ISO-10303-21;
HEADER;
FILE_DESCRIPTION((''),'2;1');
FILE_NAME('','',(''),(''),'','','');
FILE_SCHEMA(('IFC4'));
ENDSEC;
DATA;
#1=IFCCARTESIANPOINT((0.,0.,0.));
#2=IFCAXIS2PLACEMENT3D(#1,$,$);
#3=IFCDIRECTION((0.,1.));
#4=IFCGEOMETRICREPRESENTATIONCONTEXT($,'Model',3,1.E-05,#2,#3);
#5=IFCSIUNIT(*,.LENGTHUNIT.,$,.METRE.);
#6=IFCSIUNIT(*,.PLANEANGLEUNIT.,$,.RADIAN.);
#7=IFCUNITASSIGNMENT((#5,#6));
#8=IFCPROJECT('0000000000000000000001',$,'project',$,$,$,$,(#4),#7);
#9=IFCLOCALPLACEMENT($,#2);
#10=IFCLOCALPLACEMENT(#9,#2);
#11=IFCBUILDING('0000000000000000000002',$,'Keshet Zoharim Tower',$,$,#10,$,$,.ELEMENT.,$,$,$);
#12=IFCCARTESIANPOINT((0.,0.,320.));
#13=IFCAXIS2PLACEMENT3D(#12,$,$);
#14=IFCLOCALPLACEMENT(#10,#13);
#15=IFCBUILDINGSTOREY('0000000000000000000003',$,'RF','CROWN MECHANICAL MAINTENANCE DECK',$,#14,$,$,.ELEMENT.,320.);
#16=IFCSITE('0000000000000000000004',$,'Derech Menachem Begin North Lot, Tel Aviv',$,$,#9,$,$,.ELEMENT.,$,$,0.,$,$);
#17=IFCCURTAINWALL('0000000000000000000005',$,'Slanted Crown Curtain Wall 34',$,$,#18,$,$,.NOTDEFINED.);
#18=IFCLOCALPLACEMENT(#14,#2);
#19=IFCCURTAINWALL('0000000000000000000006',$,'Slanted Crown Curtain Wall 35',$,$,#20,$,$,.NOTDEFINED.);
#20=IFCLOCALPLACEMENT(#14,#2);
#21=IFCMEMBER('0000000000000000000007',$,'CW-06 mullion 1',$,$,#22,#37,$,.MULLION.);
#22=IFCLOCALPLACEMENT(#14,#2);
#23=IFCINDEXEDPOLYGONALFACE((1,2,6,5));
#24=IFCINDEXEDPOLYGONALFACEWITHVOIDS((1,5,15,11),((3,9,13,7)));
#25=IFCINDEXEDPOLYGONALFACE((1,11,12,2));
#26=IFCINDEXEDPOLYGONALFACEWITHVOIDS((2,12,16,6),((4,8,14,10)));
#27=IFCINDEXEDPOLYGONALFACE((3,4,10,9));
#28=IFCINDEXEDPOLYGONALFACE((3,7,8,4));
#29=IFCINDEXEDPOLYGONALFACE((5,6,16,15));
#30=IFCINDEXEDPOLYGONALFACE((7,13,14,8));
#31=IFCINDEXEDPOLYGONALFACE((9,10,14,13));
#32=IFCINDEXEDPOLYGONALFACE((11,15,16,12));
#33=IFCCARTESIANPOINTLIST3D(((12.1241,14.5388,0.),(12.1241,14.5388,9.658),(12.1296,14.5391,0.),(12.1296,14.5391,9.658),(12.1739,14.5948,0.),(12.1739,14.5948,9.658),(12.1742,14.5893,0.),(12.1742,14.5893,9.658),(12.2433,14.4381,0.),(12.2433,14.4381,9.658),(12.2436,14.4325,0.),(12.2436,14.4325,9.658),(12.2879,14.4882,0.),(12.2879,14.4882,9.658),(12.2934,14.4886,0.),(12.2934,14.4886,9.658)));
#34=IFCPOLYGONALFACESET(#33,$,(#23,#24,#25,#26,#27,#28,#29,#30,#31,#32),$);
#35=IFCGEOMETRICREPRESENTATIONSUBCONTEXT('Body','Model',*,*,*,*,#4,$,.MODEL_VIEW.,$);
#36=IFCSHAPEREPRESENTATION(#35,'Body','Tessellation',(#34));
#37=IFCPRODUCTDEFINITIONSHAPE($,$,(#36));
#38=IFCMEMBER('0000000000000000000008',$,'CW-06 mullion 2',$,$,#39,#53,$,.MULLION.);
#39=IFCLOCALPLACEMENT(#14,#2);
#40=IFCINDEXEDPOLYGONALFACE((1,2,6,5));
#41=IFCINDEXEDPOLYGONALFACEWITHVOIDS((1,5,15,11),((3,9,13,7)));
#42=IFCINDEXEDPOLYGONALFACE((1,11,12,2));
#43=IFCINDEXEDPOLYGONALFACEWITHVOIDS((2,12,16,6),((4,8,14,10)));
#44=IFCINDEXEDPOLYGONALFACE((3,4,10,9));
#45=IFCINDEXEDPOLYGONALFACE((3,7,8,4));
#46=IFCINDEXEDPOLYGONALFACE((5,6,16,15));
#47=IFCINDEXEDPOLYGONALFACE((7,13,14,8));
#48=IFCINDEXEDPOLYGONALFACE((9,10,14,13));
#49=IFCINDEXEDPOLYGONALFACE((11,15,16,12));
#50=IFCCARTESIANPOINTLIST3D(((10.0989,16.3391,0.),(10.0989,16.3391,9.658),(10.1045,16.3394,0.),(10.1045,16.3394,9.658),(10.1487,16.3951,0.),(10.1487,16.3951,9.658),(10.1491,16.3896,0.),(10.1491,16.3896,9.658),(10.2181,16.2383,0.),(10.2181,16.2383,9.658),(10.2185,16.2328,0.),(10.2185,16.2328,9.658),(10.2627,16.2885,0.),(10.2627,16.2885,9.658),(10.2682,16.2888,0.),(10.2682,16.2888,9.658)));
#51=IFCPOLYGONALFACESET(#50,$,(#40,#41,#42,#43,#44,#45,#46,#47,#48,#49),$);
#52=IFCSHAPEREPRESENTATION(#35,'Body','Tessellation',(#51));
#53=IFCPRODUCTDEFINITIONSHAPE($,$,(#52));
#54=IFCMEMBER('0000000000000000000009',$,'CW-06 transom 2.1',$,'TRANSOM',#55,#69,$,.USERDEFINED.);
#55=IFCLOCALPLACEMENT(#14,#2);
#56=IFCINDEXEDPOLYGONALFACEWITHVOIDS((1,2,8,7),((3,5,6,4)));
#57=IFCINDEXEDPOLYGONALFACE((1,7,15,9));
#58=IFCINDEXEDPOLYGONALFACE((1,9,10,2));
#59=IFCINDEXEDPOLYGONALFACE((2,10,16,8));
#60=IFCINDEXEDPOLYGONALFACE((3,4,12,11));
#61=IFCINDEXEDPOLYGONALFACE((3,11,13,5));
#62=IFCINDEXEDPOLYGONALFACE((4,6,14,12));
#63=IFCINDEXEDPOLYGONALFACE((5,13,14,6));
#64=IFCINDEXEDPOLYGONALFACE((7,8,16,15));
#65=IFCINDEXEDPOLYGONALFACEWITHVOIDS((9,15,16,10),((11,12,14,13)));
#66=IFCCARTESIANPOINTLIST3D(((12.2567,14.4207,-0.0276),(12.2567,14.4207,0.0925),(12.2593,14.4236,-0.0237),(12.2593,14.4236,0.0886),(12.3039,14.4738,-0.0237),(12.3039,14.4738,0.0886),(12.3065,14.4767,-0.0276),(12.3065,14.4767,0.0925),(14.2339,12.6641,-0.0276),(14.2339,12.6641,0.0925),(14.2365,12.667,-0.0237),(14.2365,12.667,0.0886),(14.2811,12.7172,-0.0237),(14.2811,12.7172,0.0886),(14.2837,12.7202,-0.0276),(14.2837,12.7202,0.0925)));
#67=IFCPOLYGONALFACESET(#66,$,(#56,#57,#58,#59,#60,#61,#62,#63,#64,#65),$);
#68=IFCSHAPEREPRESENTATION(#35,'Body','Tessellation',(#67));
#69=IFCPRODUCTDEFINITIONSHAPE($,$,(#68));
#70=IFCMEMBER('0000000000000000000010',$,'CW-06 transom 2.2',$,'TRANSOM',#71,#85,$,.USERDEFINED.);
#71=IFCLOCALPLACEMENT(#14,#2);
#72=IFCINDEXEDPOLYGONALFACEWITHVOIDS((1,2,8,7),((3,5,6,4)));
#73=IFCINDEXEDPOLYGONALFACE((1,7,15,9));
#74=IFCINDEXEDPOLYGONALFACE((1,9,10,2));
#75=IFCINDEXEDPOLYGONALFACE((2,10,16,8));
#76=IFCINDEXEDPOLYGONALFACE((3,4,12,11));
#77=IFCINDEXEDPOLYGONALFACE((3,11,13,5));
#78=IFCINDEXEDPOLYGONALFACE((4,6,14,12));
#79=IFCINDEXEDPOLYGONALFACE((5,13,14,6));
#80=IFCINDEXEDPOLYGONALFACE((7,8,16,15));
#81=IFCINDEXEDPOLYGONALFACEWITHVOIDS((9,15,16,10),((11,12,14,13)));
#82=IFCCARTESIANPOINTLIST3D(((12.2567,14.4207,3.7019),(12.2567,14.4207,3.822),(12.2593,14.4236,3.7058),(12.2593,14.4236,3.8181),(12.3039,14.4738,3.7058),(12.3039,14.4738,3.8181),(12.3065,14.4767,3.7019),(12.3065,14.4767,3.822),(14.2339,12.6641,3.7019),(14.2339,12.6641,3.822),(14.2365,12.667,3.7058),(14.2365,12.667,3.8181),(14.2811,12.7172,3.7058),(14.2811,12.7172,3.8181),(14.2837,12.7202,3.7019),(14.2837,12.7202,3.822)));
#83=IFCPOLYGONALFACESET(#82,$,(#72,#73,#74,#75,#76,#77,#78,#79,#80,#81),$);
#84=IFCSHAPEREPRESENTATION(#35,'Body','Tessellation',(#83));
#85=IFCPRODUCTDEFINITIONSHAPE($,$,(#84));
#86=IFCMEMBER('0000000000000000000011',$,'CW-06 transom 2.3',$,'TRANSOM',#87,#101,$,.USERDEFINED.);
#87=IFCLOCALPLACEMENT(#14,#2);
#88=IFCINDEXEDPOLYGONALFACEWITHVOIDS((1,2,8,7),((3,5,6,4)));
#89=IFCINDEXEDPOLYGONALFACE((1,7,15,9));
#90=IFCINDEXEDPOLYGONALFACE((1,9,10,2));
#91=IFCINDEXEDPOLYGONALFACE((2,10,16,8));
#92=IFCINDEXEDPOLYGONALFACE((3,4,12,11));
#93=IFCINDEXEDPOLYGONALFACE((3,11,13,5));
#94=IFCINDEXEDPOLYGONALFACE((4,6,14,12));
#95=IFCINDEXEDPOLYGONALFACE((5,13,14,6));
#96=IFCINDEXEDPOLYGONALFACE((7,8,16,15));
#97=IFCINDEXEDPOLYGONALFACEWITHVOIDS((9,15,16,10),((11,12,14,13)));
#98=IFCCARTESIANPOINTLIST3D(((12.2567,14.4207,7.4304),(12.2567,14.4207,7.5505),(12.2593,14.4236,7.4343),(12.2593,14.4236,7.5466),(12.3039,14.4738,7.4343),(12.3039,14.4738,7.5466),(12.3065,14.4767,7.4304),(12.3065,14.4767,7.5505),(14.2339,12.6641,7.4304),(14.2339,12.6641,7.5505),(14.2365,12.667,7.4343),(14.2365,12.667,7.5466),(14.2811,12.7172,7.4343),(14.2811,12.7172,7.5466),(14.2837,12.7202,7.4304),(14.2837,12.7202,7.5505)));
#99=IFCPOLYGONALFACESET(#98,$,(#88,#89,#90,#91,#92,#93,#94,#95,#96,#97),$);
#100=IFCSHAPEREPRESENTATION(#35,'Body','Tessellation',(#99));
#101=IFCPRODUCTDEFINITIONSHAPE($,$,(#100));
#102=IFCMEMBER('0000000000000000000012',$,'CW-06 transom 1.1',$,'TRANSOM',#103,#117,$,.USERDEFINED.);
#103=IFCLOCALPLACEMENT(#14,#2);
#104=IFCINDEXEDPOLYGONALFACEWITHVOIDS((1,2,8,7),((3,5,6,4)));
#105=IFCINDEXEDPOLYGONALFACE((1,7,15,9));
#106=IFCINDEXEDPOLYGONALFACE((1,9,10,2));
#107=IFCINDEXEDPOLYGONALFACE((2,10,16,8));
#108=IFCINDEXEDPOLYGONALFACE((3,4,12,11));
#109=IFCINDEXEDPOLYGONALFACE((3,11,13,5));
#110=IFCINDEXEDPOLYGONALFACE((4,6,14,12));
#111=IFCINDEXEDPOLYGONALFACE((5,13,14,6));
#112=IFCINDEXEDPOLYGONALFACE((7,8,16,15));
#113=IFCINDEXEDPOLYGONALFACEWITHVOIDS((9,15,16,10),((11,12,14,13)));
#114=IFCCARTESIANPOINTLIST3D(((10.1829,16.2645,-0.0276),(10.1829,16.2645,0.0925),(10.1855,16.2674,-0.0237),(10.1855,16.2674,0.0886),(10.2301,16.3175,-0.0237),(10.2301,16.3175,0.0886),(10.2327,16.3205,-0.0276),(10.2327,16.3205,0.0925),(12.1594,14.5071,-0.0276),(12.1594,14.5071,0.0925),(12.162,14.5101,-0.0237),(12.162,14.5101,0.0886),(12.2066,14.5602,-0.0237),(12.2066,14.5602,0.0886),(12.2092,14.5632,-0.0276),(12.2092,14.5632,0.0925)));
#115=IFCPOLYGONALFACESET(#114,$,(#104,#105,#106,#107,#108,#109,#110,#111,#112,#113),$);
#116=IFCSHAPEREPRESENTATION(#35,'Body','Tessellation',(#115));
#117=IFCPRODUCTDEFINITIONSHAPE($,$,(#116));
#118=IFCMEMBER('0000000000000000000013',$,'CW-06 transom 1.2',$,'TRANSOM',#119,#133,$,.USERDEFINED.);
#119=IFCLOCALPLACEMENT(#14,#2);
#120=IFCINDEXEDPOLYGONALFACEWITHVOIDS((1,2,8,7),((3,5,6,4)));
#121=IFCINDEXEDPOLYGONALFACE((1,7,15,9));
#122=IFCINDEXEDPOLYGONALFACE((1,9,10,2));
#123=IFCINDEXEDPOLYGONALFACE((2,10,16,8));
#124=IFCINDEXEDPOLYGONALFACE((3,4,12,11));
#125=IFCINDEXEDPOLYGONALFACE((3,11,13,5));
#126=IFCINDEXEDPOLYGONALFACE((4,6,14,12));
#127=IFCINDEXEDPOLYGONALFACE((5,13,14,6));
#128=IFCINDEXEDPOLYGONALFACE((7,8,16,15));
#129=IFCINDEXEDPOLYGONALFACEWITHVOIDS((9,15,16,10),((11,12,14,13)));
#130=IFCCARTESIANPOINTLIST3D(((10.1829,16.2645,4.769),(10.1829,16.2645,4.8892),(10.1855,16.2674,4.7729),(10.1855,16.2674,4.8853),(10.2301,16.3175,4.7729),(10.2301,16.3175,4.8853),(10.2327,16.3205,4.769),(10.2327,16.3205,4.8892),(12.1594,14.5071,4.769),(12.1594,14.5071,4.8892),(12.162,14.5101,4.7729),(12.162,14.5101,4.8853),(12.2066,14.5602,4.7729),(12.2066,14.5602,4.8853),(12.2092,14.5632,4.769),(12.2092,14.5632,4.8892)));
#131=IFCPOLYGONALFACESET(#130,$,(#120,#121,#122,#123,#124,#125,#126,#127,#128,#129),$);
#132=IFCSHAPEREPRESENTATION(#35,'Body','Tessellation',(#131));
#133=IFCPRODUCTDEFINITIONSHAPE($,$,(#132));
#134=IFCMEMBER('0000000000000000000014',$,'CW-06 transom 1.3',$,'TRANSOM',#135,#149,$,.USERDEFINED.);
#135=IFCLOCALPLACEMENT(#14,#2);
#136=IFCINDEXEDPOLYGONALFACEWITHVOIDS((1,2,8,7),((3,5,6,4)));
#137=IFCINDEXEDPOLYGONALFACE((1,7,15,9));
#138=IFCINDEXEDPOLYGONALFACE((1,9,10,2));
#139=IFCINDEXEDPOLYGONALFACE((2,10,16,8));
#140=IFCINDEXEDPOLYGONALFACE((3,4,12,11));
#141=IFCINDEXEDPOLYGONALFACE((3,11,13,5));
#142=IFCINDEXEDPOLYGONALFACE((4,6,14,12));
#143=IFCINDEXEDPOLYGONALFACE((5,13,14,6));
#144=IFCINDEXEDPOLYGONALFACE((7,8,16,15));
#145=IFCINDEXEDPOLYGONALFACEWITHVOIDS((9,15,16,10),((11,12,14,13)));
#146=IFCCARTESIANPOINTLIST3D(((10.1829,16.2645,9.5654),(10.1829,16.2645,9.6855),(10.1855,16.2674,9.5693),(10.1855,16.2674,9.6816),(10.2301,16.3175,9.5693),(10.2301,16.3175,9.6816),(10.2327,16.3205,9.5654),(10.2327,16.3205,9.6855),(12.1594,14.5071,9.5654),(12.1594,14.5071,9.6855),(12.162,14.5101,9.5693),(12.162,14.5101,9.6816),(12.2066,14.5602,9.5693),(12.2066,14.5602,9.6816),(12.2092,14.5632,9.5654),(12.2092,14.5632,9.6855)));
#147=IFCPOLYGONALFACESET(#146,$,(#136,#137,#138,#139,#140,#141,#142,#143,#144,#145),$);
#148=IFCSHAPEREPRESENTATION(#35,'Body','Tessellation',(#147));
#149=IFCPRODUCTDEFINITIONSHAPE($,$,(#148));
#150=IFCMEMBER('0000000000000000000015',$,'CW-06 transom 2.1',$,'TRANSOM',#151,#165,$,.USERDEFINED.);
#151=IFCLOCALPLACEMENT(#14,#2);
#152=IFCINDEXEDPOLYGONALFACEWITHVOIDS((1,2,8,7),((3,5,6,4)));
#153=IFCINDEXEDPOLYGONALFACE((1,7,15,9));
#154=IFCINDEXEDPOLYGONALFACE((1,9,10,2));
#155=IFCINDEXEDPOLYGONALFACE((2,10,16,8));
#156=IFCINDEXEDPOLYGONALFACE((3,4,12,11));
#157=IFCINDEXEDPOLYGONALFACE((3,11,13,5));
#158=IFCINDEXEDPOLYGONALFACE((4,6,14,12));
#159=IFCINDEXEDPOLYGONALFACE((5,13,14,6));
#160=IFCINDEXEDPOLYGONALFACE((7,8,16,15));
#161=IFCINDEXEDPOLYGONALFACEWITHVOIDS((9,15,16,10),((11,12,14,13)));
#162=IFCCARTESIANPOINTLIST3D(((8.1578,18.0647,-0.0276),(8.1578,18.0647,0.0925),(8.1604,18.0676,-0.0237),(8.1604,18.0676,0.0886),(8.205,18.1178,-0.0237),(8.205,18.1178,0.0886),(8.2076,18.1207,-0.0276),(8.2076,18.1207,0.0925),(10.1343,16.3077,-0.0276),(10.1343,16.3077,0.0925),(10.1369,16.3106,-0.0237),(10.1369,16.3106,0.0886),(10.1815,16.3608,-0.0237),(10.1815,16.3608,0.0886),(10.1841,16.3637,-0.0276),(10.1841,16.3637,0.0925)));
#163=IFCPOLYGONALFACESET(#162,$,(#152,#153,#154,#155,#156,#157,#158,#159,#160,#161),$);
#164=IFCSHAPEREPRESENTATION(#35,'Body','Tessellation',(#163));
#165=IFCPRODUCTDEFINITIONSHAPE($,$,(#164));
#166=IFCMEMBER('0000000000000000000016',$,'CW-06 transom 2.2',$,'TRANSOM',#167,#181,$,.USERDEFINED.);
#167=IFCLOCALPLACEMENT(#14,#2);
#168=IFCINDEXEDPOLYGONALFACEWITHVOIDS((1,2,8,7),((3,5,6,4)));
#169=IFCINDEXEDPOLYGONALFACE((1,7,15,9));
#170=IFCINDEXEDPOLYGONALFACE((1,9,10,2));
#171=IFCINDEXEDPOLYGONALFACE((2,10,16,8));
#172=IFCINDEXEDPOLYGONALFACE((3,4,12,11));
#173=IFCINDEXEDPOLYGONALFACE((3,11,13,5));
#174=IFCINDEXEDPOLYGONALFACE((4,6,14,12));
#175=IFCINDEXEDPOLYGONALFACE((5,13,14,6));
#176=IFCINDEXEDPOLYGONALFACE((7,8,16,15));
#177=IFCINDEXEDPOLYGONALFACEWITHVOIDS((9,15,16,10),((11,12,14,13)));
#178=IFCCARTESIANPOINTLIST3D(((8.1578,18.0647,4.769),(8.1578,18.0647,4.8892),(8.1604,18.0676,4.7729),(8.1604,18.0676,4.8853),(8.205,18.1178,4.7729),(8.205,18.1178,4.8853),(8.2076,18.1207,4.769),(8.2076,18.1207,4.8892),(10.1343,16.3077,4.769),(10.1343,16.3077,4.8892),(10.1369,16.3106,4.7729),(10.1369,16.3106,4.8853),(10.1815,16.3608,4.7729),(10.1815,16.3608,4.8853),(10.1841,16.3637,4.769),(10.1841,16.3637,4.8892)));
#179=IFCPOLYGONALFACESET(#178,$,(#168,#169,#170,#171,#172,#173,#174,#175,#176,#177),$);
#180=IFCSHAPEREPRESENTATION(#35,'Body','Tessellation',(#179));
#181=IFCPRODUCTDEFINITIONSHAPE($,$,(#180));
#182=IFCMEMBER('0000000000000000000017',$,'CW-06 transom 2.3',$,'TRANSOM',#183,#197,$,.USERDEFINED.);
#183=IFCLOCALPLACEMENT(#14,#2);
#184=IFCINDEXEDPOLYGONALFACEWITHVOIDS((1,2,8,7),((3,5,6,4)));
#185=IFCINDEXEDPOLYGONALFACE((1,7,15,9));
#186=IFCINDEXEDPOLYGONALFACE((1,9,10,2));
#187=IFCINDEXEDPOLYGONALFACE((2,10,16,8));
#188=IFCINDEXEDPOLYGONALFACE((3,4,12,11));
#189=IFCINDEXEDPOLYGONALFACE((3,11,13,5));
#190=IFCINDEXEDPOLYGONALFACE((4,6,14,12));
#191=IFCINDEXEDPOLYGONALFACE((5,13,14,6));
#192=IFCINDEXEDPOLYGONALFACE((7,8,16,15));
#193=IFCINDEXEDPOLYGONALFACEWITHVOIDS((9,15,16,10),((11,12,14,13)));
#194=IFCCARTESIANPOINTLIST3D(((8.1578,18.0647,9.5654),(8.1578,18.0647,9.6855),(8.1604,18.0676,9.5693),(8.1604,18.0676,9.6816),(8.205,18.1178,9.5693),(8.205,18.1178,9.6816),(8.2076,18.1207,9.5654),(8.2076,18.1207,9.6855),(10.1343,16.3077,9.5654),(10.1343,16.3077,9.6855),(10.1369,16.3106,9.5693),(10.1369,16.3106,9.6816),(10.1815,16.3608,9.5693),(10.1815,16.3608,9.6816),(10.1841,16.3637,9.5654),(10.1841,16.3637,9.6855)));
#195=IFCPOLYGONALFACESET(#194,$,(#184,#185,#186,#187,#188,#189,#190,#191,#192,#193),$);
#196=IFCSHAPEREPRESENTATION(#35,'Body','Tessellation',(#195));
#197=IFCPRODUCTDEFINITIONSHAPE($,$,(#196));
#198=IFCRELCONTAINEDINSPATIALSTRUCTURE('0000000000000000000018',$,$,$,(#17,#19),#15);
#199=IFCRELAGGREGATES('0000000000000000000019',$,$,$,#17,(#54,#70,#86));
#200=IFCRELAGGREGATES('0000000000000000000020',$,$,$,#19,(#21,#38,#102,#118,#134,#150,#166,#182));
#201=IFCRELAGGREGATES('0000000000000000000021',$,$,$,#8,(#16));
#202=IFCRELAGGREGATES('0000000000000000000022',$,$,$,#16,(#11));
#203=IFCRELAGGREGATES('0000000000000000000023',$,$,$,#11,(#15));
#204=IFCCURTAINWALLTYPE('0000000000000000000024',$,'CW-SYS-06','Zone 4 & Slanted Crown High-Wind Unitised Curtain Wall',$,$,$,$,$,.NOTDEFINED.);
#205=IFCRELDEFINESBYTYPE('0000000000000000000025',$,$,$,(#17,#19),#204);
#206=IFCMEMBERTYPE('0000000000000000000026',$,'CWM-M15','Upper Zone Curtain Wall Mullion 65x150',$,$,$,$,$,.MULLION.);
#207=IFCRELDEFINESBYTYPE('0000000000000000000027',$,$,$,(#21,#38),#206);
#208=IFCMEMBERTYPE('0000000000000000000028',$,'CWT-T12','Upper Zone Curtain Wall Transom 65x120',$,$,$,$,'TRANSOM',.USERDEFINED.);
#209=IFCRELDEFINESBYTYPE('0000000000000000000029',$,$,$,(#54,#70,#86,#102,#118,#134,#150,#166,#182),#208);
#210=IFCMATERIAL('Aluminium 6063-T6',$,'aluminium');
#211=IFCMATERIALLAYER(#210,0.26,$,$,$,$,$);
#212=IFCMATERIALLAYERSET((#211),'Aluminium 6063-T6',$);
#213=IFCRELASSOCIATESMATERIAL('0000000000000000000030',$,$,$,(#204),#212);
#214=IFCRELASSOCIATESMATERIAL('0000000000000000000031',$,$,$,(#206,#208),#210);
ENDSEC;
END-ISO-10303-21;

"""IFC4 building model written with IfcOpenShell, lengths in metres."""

from ifc_helpers import new_model, si_unit, direction, frame, origin, origin_2d, place, context, subcontext, project, spatial, hollow_rectangle, extrude, material, layer, layer_set, material_profile, profile_set, type_object, element, aggregate, save


model = new_model("IFC4")

# Units and contexts
model_context = context("Model", 3, precision=1e-05, world=origin(), true_north=direction((0.0, 1.0)))
body_context = subcontext(model_context, "Body", "Model", "MODEL_VIEW")
ifc_project = project(units=[si_unit("LENGTHUNIT", "METRE"), si_unit("PLANEANGLEUNIT", "RADIAN")], contexts=[model_context])

# Site, building, storey
site_placement = place(None, origin())
site = spatial("IfcSite", under=ifc_project, at=site_placement, Name="Derech Menachem Begin North Lot, Tel Aviv", CompositionType="ELEMENT", RefElevation=0.0)
building_placement = place(site_placement, origin())
building = spatial("IfcBuilding", under=site, at=building_placement, Name="Keshet Zoharim Tower", CompositionType="ELEMENT")
storey_placement = place(building_placement, frame((0.0, 0.0, 320.0)))
storey = spatial("IfcBuildingStorey", under=building, at=storey_placement, Name="RF", Description="CROWN MECHANICAL MAINTENANCE DECK", CompositionType="ELEMENT", Elevation=320.0)

# Curtain walls, members
ifc_material_1 = material(Name="Aluminium 6063-T6", Category="aluminium")
ifc_layer_1 = layer(ifc_material_1, 0.26)
ifc_layer_set_1 = layer_set([ifc_layer_1], Name="Aluminium 6063-T6")
curtain_wall_type = type_object("IfcCurtainWallType", Name="CW-SYS-06", Description="Zone 4 & Slanted Crown High-Wind Unitised Curtain Wall", PredefinedType="NOTDEFINED", material=ifc_layer_set_1)
curtain_wall_1_placement = place(storey_placement, origin())
curtain_wall_1 = element("IfcCurtainWall", 1, at=curtain_wall_1_placement, inside=storey, type_object=curtain_wall_type, Name="Slanted Crown Curtain Wall 34", PredefinedType="NOTDEFINED")
ifc_material_profile_1 = material_profile(ifc_material_1, hollow_rectangle(XDim=0.075, YDim=0.1599, WallThickness=0.0039, at=origin_2d()), Name="MUL-75x160")
ifc_profile_set_1 = profile_set([ifc_material_profile_1], Name="Aluminium 6063-T6")
member_type_1 = type_object("IfcMemberType", Name="CWM-M15", Description="Upper Zone Curtain Wall Mullion 65x150", PredefinedType="MULLION", material=ifc_profile_set_1)
curtain_wall_2_placement = place(storey_placement, origin())
curtain_wall_2 = element("IfcCurtainWall", 2, at=curtain_wall_2_placement, inside=storey, type_object=curtain_wall_type, Name="Slanted Crown Curtain Wall 35", PredefinedType="NOTDEFINED")
member_1_placement = place(storey_placement, frame((12.2087, 14.5137, 0.0), z_axis=(0.0, 0.0, 1.0), x_axis=(-0.664409, -0.747369, 0.0)))
member_1 = element("IfcMember", 3, at=member_1_placement, type_object=member_type_1, Name="CW-06 mullion 1", PredefinedType="MULLION", context=body_context, shape_type="SweptSolid", body=[
    extrude(hollow_rectangle(XDim=0.075, YDim=0.1599, WallThickness=0.0039, at=origin_2d()), origin(), (0.0, 0.0, 1.0), 9.658),
])
member_2_placement = place(storey_placement, frame((10.1836, 16.314, 0.0), z_axis=(0.0, 0.0, 1.0), x_axis=(-0.664409, -0.747369, 0.0)))
member_2 = element("IfcMember", 4, at=member_2_placement, type_object=member_type_1, Name="CW-06 mullion 2", PredefinedType="MULLION", context=body_context, shape_type="SweptSolid", body=[
    extrude(hollow_rectangle(XDim=0.075, YDim=0.1599, WallThickness=0.0039, at=origin_2d()), origin(), (0.0, 0.0, 1.0), 9.658),
])

# Members
ifc_material_profile_2 = material_profile(ifc_material_1, hollow_rectangle(XDim=0.075, YDim=0.1201, WallThickness=0.0039, at=origin_2d()), Name="TRN-75x120")
ifc_profile_set_2 = profile_set([ifc_material_profile_2], Name="Aluminium 6063-T6")
member_type_2 = type_object("IfcMemberType", Name="CWT-T12", Description="Upper Zone Curtain Wall Transom 65x120", ElementType="TRANSOM", PredefinedType="USERDEFINED", material=ifc_profile_set_2)
member_3_placement = place(storey_placement, frame((14.2588, 12.6921, 0.0325), z_axis=(-0.747598, 0.664152, 0.0), x_axis=(-0.664152, -0.747598, 0.0)))
member_3 = element("IfcMember", 5, at=member_3_placement, type_object=member_type_2, Name="CW-06 transom 2.1", ObjectType="TRANSOM", PredefinedType="USERDEFINED", context=body_context, shape_type="SweptSolid", body=[
    extrude(hollow_rectangle(XDim=0.075, YDim=0.1201, WallThickness=0.0039, at=origin_2d()), origin(), (0.0, 0.0, 1.0), 2.6448),
])
member_4_placement = place(storey_placement, frame((14.2588, 12.6921, 3.762), z_axis=(-0.747598, 0.664152, 0.0), x_axis=(-0.664152, -0.747598, 0.0)))
member_4 = element("IfcMember", 6, at=member_4_placement, type_object=member_type_2, Name="CW-06 transom 2.2", ObjectType="TRANSOM", PredefinedType="USERDEFINED", context=body_context, shape_type="SweptSolid", body=[
    extrude(hollow_rectangle(XDim=0.075, YDim=0.1201, WallThickness=0.0039, at=origin_2d()), origin(), (0.0, 0.0, 1.0), 2.6448),
])
member_5_placement = place(storey_placement, frame((14.2588, 12.6921, 7.4905), z_axis=(-0.747598, 0.664152, 0.0), x_axis=(-0.664152, -0.747598, 0.0)))
member_5 = element("IfcMember", 7, at=member_5_placement, type_object=member_type_2, Name="CW-06 transom 2.3", ObjectType="TRANSOM", PredefinedType="USERDEFINED", context=body_context, shape_type="SweptSolid", body=[
    extrude(hollow_rectangle(XDim=0.075, YDim=0.1201, WallThickness=0.0039, at=origin_2d()), origin(), (0.0, 0.0, 1.0), 2.6448),
])
member_6_placement = place(storey_placement, frame((12.1843, 14.5352, 0.0325), z_axis=(-0.747338, 0.664444, 0.0), x_axis=(-0.664444, -0.747338, 0.0)))
member_6 = element("IfcMember", 8, at=member_6_placement, type_object=member_type_2, Name="CW-06 transom 1.1", ObjectType="TRANSOM", PredefinedType="USERDEFINED", context=body_context, shape_type="SweptSolid", body=[
    extrude(hollow_rectangle(XDim=0.075, YDim=0.1201, WallThickness=0.0039, at=origin_2d()), origin(), (0.0, 0.0, 1.0), 2.6448),
])
member_7_placement = place(storey_placement, frame((12.1843, 14.5352, 4.8291), z_axis=(-0.747338, 0.664444, 0.0), x_axis=(-0.664444, -0.747338, 0.0)))
member_7 = element("IfcMember", 9, at=member_7_placement, type_object=member_type_2, Name="CW-06 transom 1.2", ObjectType="TRANSOM", PredefinedType="USERDEFINED", context=body_context, shape_type="SweptSolid", body=[
    extrude(hollow_rectangle(XDim=0.075, YDim=0.1201, WallThickness=0.0039, at=origin_2d()), origin(), (0.0, 0.0, 1.0), 2.6448),
])
member_8_placement = place(storey_placement, frame((12.1843, 14.5352, 9.6255), z_axis=(-0.747338, 0.664444, 0.0), x_axis=(-0.664444, -0.747338, 0.0)))
member_8 = element("IfcMember", 10, at=member_8_placement, type_object=member_type_2, Name="CW-06 transom 1.3", ObjectType="TRANSOM", PredefinedType="USERDEFINED", context=body_context, shape_type="SweptSolid", body=[
    extrude(hollow_rectangle(XDim=0.075, YDim=0.1201, WallThickness=0.0039, at=origin_2d()), origin(), (0.0, 0.0, 1.0), 2.6448),
])
member_9_placement = place(storey_placement, frame((10.1592, 16.3357, 0.0325), z_axis=(-0.747384, 0.664392, 0.0), x_axis=(-0.664392, -0.747384, 0.0)))
member_9 = element("IfcMember", 11, at=member_9_placement, type_object=member_type_2, Name="CW-06 transom 2.1", ObjectType="TRANSOM", PredefinedType="USERDEFINED", context=body_context, shape_type="SweptSolid", body=[
    extrude(hollow_rectangle(XDim=0.075, YDim=0.1201, WallThickness=0.0039, at=origin_2d()), origin(), (0.0, 0.0, 1.0), 2.6445),
])
member_10_placement = place(storey_placement, frame((10.1592, 16.3357, 4.8291), z_axis=(-0.747384, 0.664392, 0.0), x_axis=(-0.664392, -0.747384, 0.0)))
member_10 = element("IfcMember", 12, at=member_10_placement, type_object=member_type_2, Name="CW-06 transom 2.2", ObjectType="TRANSOM", PredefinedType="USERDEFINED", context=body_context, shape_type="SweptSolid", body=[
    extrude(hollow_rectangle(XDim=0.075, YDim=0.1201, WallThickness=0.0039, at=origin_2d()), origin(), (0.0, 0.0, 1.0), 2.6445),
])
member_11_placement = place(storey_placement, frame((10.1592, 16.3357, 9.6255), z_axis=(-0.747384, 0.664392, 0.0), x_axis=(-0.664392, -0.747384, 0.0)))
member_11 = element("IfcMember", 13, at=member_11_placement, type_object=member_type_2, Name="CW-06 transom 2.3", ObjectType="TRANSOM", PredefinedType="USERDEFINED", context=body_context, shape_type="SweptSolid", body=[
    extrude(hollow_rectangle(XDim=0.075, YDim=0.1201, WallThickness=0.0039, at=origin_2d()), origin(), (0.0, 0.0, 1.0), 2.6445),
])

aggregate(curtain_wall_1, [member_3, member_4, member_5])
aggregate(curtain_wall_2, [member_1, member_2, member_6, member_7, member_8, member_9, member_10, member_11])

save(model, "model.ifc")
